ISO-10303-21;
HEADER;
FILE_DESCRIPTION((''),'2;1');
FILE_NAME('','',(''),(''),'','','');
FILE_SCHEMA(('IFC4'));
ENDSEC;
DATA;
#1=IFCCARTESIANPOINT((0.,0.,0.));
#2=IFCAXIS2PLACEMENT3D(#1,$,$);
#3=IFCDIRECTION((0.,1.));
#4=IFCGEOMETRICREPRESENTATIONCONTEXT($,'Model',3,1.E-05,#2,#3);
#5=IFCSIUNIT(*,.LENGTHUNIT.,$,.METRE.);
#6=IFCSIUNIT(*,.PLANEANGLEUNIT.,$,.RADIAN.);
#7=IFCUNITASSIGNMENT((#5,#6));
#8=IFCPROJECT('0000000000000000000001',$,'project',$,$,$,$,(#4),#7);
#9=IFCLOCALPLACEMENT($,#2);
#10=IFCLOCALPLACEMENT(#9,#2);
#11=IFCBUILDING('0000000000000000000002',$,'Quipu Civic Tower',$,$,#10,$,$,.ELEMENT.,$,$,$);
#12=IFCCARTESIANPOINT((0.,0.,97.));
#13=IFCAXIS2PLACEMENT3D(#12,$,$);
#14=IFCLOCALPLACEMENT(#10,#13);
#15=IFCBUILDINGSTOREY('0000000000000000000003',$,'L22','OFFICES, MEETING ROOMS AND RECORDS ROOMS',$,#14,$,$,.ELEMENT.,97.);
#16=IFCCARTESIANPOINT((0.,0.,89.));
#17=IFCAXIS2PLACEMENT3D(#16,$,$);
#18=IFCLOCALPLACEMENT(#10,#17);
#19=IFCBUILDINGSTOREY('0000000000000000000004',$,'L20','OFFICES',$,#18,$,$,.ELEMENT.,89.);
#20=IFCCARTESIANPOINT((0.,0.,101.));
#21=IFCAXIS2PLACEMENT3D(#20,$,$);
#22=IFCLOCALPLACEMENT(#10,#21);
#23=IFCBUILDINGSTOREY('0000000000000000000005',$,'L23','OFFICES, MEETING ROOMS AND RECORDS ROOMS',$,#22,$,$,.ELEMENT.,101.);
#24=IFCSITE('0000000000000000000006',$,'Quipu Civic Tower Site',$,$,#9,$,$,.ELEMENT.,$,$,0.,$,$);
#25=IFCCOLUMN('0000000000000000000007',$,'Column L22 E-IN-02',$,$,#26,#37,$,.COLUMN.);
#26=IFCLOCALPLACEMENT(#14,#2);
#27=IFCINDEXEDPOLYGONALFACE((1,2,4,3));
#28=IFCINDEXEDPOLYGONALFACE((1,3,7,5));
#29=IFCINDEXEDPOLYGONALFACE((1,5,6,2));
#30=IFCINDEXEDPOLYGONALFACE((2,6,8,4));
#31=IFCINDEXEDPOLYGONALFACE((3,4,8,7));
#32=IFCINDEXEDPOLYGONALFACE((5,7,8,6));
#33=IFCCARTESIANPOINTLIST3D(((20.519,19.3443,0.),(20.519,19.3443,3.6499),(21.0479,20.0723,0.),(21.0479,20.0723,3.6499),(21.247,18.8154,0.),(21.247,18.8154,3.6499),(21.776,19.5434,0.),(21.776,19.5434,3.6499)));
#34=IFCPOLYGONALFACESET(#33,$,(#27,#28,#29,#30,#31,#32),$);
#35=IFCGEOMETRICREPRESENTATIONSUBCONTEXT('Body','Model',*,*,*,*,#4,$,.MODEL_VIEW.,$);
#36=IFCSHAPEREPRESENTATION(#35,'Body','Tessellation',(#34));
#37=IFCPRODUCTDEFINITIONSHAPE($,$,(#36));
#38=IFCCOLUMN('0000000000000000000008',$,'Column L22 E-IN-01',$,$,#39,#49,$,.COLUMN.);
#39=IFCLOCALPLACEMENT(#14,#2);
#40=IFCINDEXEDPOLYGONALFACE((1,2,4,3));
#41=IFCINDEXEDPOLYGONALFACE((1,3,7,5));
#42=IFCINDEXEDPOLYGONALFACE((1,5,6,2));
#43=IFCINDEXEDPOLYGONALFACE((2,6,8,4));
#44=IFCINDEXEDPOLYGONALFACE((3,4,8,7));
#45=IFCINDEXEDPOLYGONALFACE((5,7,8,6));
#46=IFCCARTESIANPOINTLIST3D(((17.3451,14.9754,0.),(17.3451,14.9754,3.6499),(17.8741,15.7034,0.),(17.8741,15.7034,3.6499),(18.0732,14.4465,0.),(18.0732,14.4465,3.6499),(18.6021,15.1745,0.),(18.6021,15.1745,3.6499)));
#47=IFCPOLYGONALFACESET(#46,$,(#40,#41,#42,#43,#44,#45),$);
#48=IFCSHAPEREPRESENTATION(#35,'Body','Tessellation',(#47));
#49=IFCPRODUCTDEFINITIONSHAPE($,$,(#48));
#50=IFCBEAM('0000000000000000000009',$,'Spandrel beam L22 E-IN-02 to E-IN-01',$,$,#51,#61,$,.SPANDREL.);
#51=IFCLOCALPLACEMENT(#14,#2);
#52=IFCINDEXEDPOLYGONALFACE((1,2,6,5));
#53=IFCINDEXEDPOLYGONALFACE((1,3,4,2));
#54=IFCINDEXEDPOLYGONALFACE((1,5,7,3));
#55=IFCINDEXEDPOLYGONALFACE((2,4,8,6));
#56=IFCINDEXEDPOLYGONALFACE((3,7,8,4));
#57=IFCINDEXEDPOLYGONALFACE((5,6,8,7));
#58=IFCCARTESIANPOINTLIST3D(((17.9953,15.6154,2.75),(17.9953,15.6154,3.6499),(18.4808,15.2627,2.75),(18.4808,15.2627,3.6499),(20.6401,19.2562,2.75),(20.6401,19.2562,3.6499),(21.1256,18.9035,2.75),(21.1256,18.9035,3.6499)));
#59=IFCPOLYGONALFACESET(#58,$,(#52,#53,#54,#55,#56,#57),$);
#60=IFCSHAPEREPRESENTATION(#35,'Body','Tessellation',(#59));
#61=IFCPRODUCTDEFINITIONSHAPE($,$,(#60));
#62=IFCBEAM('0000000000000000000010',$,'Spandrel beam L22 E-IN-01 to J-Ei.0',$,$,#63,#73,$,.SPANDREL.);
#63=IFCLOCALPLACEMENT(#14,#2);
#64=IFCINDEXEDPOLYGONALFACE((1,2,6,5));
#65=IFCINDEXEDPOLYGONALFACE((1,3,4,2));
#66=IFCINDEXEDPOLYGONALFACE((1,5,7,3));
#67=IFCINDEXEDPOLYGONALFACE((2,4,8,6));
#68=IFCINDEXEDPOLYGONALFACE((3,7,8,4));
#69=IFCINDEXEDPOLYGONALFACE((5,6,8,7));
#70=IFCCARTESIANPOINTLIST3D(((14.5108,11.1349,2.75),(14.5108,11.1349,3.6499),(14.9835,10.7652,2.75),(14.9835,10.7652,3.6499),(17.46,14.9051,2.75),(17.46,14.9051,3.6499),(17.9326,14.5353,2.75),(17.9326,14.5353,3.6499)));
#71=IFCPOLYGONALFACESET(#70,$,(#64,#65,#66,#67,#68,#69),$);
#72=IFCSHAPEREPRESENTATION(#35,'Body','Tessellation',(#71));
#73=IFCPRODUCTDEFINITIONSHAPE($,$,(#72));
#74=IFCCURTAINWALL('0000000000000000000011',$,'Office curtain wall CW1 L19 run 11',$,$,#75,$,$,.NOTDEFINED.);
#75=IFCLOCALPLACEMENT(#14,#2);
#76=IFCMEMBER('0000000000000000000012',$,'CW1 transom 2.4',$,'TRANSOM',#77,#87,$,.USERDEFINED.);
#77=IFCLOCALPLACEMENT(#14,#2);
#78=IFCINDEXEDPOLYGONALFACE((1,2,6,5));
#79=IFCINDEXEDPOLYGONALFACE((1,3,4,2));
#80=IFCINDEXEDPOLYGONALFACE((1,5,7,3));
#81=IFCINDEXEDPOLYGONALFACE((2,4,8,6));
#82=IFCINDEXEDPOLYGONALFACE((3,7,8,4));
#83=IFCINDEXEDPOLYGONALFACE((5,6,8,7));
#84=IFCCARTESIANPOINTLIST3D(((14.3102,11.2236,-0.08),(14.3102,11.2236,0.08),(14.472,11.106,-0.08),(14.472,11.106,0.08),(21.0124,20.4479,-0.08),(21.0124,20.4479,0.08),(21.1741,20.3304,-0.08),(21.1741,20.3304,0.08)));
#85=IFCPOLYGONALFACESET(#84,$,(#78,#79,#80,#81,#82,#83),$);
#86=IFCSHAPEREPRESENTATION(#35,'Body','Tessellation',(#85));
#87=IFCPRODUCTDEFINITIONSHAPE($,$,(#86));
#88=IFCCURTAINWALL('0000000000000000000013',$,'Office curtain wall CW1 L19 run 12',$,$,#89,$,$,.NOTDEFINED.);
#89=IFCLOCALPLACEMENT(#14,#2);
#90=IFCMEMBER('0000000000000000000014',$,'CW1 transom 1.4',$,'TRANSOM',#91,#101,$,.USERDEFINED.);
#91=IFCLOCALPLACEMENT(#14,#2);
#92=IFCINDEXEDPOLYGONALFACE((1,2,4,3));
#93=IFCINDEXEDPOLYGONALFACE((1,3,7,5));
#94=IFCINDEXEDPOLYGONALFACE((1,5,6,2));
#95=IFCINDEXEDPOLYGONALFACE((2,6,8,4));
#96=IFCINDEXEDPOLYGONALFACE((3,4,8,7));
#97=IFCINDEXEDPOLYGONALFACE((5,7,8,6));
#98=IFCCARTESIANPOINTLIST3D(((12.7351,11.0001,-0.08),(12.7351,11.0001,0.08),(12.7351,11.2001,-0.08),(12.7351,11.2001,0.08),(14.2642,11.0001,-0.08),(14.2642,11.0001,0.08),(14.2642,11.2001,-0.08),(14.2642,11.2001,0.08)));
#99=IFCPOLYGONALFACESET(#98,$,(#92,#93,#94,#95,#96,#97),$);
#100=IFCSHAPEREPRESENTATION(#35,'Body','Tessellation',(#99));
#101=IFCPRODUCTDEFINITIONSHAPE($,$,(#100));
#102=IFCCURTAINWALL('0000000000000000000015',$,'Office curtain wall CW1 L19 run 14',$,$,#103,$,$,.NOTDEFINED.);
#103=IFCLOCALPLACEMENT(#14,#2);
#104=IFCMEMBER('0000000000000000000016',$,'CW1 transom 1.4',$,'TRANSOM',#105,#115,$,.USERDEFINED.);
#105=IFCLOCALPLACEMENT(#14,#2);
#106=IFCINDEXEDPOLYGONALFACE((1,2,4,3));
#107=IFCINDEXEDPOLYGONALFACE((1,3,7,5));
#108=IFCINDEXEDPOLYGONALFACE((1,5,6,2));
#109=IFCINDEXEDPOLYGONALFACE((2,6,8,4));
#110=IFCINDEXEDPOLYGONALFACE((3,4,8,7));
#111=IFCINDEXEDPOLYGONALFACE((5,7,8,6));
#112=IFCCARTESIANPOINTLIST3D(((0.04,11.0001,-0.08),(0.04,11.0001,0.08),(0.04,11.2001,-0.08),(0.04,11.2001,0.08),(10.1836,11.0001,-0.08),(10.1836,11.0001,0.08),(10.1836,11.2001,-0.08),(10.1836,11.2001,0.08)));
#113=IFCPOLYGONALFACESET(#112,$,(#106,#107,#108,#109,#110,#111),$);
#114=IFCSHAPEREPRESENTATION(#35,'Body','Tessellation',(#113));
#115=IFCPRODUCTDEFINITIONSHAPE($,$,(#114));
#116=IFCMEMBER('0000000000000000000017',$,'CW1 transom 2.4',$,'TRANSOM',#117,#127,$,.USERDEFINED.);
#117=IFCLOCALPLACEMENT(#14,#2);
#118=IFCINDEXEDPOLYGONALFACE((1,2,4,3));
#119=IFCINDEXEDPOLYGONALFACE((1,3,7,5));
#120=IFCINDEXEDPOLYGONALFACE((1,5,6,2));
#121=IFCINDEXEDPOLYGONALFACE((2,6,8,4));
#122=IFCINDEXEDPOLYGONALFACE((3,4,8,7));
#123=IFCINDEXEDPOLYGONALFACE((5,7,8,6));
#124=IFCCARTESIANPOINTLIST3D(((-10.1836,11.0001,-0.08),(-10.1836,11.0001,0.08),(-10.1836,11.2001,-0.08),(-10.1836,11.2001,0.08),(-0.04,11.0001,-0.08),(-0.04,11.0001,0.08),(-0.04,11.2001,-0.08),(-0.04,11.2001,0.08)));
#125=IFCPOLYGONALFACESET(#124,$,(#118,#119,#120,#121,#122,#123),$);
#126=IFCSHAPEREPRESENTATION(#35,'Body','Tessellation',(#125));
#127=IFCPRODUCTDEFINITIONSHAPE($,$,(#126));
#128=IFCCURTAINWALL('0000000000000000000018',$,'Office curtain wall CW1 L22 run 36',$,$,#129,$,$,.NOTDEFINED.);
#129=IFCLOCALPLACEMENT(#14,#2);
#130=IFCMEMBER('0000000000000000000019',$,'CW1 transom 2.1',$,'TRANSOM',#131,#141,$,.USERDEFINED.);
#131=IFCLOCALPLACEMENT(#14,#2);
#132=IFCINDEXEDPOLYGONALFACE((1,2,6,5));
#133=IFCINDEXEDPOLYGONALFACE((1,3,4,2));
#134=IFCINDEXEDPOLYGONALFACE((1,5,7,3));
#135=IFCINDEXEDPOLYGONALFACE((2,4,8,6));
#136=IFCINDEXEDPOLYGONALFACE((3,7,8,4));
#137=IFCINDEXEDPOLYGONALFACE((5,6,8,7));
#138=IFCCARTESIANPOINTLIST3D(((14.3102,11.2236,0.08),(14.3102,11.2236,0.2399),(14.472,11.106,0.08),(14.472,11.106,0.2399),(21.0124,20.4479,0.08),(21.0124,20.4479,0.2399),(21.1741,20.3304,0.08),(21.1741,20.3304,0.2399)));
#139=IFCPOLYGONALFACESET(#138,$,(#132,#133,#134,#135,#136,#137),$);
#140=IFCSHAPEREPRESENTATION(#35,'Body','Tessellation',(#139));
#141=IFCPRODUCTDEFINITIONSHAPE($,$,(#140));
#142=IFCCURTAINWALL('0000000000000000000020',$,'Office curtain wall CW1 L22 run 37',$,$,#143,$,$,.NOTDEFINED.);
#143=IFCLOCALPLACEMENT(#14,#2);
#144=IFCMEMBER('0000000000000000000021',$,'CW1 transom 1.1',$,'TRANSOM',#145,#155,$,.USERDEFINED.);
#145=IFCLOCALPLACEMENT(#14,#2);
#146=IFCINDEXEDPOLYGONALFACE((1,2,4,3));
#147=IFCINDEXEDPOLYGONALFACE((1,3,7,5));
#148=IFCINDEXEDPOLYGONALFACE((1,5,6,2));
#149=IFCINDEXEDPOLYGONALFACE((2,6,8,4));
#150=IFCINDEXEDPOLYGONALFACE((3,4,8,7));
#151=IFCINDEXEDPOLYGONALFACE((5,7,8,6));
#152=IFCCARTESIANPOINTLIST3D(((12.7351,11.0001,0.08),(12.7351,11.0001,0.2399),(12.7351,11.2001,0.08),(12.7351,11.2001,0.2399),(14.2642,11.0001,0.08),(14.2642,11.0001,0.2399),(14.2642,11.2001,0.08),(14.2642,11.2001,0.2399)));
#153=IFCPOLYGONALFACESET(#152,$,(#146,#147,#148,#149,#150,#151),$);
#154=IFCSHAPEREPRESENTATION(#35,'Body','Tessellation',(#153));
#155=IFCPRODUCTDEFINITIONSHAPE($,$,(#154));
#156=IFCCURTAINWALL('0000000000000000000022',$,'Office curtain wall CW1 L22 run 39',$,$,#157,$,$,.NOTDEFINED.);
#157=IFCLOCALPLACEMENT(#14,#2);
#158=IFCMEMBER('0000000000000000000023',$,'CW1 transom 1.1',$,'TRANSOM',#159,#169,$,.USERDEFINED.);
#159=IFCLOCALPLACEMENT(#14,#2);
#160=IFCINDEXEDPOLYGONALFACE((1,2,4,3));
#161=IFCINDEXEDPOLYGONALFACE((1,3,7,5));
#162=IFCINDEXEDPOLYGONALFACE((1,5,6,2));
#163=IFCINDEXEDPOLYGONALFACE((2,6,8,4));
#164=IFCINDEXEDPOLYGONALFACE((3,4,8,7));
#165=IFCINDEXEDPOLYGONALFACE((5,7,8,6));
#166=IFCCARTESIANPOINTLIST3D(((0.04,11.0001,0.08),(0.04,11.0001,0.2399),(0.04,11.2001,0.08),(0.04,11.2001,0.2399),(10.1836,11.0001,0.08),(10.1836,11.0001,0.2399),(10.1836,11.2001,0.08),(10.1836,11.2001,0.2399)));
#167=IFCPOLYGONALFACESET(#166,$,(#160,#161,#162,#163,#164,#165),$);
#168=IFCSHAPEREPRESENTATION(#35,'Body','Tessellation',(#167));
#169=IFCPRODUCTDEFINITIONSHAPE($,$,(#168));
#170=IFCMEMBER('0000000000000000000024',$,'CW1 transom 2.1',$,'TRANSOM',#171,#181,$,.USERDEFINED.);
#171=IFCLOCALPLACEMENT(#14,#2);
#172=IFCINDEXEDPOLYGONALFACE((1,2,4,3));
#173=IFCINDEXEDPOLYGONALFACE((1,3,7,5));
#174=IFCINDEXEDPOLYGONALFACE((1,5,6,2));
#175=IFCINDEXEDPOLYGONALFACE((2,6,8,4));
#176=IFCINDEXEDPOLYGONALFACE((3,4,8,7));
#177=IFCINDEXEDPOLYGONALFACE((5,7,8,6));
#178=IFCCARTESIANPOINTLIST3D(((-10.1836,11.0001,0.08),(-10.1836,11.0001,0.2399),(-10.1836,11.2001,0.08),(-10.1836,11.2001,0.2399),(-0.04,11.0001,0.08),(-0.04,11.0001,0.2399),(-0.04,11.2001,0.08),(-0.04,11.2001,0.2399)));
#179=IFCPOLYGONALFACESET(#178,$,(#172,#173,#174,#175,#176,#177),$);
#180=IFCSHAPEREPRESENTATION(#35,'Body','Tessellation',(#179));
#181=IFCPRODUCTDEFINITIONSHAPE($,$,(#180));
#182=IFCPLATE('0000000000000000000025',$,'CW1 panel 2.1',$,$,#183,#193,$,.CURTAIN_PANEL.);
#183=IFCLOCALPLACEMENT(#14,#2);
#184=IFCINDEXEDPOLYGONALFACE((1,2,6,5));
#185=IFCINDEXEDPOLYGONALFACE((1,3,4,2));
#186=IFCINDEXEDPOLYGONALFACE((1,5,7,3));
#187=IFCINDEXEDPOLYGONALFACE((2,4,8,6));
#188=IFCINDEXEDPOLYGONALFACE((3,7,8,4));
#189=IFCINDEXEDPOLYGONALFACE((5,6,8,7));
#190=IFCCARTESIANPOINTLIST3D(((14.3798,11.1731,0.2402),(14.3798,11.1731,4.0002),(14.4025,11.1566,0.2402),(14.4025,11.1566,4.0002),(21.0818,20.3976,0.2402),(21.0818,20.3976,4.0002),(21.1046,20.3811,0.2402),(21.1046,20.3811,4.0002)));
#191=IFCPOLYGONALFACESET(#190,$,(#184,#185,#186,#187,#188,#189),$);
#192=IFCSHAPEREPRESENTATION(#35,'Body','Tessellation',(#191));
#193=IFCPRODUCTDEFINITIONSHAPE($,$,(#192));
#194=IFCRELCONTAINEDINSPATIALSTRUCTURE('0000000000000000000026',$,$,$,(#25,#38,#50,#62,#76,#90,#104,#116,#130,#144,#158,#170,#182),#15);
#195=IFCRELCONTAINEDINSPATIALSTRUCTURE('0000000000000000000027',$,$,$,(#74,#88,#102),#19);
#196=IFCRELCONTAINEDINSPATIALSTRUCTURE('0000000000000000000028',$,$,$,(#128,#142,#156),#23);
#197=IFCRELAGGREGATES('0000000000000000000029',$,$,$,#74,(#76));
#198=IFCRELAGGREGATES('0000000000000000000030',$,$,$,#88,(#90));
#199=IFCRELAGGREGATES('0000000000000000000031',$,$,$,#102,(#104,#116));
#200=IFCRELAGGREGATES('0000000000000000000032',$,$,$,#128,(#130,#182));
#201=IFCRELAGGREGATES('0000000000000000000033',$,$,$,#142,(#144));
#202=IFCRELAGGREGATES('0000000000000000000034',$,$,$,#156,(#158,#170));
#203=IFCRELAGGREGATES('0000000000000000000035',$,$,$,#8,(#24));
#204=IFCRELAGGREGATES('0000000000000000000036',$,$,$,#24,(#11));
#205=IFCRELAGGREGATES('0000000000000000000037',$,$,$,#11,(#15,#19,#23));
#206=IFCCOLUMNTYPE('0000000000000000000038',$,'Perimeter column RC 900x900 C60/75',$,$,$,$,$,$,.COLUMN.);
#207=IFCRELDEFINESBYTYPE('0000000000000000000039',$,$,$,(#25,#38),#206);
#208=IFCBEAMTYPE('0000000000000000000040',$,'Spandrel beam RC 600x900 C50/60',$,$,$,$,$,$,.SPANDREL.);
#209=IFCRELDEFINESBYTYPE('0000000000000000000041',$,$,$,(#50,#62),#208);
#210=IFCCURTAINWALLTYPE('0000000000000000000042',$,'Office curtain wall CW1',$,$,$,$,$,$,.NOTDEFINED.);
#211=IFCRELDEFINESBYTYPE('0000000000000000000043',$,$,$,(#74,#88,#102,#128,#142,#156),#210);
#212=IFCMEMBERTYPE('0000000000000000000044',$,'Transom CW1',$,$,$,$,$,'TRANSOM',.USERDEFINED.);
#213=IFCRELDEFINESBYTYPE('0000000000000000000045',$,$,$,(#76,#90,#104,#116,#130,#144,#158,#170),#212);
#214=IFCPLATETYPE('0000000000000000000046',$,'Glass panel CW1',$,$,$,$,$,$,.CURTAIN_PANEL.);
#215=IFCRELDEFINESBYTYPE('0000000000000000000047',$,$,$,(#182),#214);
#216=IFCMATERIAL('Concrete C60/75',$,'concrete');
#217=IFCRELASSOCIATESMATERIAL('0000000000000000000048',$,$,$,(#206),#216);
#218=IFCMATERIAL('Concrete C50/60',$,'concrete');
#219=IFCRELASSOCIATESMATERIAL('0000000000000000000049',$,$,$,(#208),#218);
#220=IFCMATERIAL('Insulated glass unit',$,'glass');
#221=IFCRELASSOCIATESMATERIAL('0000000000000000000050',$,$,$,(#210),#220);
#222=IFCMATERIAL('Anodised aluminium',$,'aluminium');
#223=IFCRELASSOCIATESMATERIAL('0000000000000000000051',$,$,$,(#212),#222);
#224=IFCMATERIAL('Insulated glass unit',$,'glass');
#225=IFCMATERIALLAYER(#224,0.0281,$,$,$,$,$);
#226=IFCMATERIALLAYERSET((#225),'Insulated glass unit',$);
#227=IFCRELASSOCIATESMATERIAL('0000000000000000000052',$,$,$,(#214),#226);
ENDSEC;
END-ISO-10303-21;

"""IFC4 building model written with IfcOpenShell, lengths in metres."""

from ifc_helpers import new_model, si_unit, direction, frame, origin, origin_2d, place, context, subcontext, project, spatial, rectangle, extrude, material, layer, layer_set, material_profile, profile_set, type_object, element, aggregate, save


model = new_model("IFC4")

# Units and contexts
model_context = context("Model", 3, precision=1e-05, world=origin(), true_north=direction((0.0, 1.0)))
body_context = subcontext(model_context, "Body", "Model", "MODEL_VIEW")
ifc_project = project(units=[si_unit("LENGTHUNIT", "METRE"), si_unit("PLANEANGLEUNIT", "RADIAN")], contexts=[model_context])

# Site, building, storey
site_placement = place(None, origin())
site = spatial("IfcSite", under=ifc_project, at=site_placement, Name="Quipu Civic Tower Site", CompositionType="ELEMENT", RefElevation=0.0)
building_placement = place(site_placement, origin())
building = spatial("IfcBuilding", under=site, at=building_placement, Name="Quipu Civic Tower", CompositionType="ELEMENT")
storey_1_placement = place(building_placement, frame((0.0, 0.0, 97.0)))
storey_1 = spatial("IfcBuildingStorey", under=building, at=storey_1_placement, Name="L22", Description="OFFICES, MEETING ROOMS AND RECORDS ROOMS", CompositionType="ELEMENT", Elevation=97.0)

# Columns
ifc_material_1 = material(Name="Concrete C60/75", Category="concrete")
ifc_material_profile_1 = material_profile(ifc_material_1, rectangle(XDim=0.8999, YDim=0.8999, at=origin_2d()), Name="RC900x900")
ifc_profile_set_1 = profile_set([ifc_material_profile_1], Name="Concrete C60/75")
column_type = type_object("IfcColumnType", Name="Perimeter column RC 900x900 C60/75", PredefinedType="COLUMN", material=ifc_profile_set_1)
for number, where, z_axis, x_axis, name in (
    (1, (21.1475, 19.4438, 0.0), (0.0, 0.0, 1.0), (-0.587785, -0.809017, 0.0), "Column L22 E-IN-02"),
    (2, (17.9736, 15.075, 0.0), (0.0, 0.0, 1.0), (-0.587785, -0.809017, 0.0), "Column L22 E-IN-01"),
):
    element("IfcColumn", number, at=place(storey_1_placement, frame(where, z_axis=z_axis, x_axis=x_axis)), inside=storey_1, type_object=column_type, Name=name, PredefinedType="COLUMN", context=body_context, shape_type="SweptSolid", body=[
        extrude(rectangle(XDim=0.8999, YDim=0.8999, at=origin_2d()), origin(), (0.0, 0.0, 1.0), 3.6499),
    ])

# Beams
ifc_material_2 = material(Name="Concrete C50/60", Category="concrete")
ifc_material_profile_2 = material_profile(ifc_material_2, rectangle(XDim=0.6001, YDim=0.8999, at=origin_2d()), Name="RC600x900")
ifc_profile_set_2 = profile_set([ifc_material_profile_2], Name="Concrete C50/60")
beam_type = type_object("IfcBeamType", Name="Spandrel beam RC 600x900 C50/60", PredefinedType="SPANDREL", material=ifc_profile_set_2)
beam_1_placement = place(storey_1_placement, frame((20.8828, 19.0798, 3.2), z_axis=(-0.587717, -0.809067, 0.0), x_axis=(0.809067, -0.587717, 0.0)))
element("IfcBeam", 3, at=beam_1_placement, inside=storey_1, type_object=beam_type, Name="Spandrel beam L22 E-IN-02 to E-IN-01", PredefinedType="SPANDREL", context=body_context, shape_type="SweptSolid", body=[
    extrude(rectangle(XDim=0.6001, YDim=0.8999, at=origin_2d()), origin(), (0.0, 0.0, 1.0), 4.5),
])
beam_2_placement = place(storey_1_placement, frame((17.6963, 14.7202, 3.2), z_axis=(-0.616124, -0.787649, 0.0), x_axis=(0.787649, -0.616124, 0.0)))
element("IfcBeam", 4, at=beam_2_placement, inside=storey_1, type_object=beam_type, Name="Spandrel beam L22 E-IN-01 to J-Ei.0", PredefinedType="SPANDREL", context=body_context, shape_type="SweptSolid", body=[
    extrude(rectangle(XDim=0.6001, YDim=0.8999, at=origin_2d()), origin(), (0.0, 0.0, 1.0), 4.7866),
])

# Shared definitions
storey_2_placement = place(building_placement, frame((0.0, 0.0, 89.0)))
storey_2 = spatial("IfcBuildingStorey", under=building, at=storey_2_placement, Name="L20", Description="OFFICES", CompositionType="ELEMENT", Elevation=89.0)

# Curtain walls, members
ifc_material_3 = material(Name="Insulated glass unit", Category="glass")
curtain_wall_type = type_object("IfcCurtainWallType", Name="Office curtain wall CW1", PredefinedType="NOTDEFINED", material=ifc_material_3)
curtain_wall_1_placement = place(storey_2_placement, origin())
curtain_wall_1 = element("IfcCurtainWall", 5, at=curtain_wall_1_placement, inside=storey_2, type_object=curtain_wall_type, Name="Office curtain wall CW1 L19 run 11", PredefinedType="NOTDEFINED")
ifc_material_4 = material(Name="Anodised aluminium", Category="aluminium")
ifc_material_profile_3 = material_profile(ifc_material_4, rectangle(XDim=0.2, YDim=0.1599, at=origin_2d()), Name="RECT 200x160")
ifc_profile_set_3 = profile_set([ifc_material_profile_3], Name="Anodised aluminium")
member_type = type_object("IfcMemberType", Name="Transom CW1", ElementType="TRANSOM", PredefinedType="USERDEFINED", material=ifc_profile_set_3)
member_1_placement = place(storey_1_placement, frame((21.0933, 20.3892, 0.0), z_axis=(-0.5878, -0.809006, 0.0), x_axis=(0.809006, -0.5878, 0.0)))
member_1 = element("IfcMember", 6, at=member_1_placement, inside=storey_1, type_object=member_type, Name="CW1 transom 2.4", ObjectType="TRANSOM", PredefinedType="USERDEFINED", context=body_context, shape_type="SweptSolid", body=[
    extrude(rectangle(XDim=0.2, YDim=0.1599, at=origin_2d()), origin(), (0.0, 0.0, 1.0), 11.4021),
])
aggregate(curtain_wall_1, [member_1])
curtain_wall_2_placement = place(storey_2_placement, origin())
curtain_wall_2 = element("IfcCurtainWall", 7, at=curtain_wall_2_placement, inside=storey_2, type_object=curtain_wall_type, Name="Office curtain wall CW1 L19 run 12", PredefinedType="NOTDEFINED")
member_2_placement = place(storey_1_placement, frame((14.2642, 11.1001, 0.0), z_axis=(-1.0, 0.0, 0.0), x_axis=(0.0, -1.0, 0.0)))
member_2 = element("IfcMember", 8, at=member_2_placement, inside=storey_1, type_object=member_type, Name="CW1 transom 1.4", ObjectType="TRANSOM", PredefinedType="USERDEFINED", context=body_context, shape_type="SweptSolid", body=[
    extrude(rectangle(XDim=0.2, YDim=0.1599, at=origin_2d()), origin(), (0.0, 0.0, 1.0), 1.5291),
])
aggregate(curtain_wall_2, [member_2])

# Curtain wall, members
curtain_wall_3_placement = place(storey_2_placement, origin())
curtain_wall_3 = element("IfcCurtainWall", 9, at=curtain_wall_3_placement, inside=storey_2, type_object=curtain_wall_type, Name="Office curtain wall CW1 L19 run 14", PredefinedType="NOTDEFINED")
member_3_placement = place(storey_1_placement, frame((10.1836, 11.1001, 0.0), z_axis=(-1.0, 0.0, 0.0), x_axis=(0.0, -1.0, 0.0)))
member_3 = element("IfcMember", 10, at=member_3_placement, inside=storey_1, type_object=member_type, Name="CW1 transom 1.4", ObjectType="TRANSOM", PredefinedType="USERDEFINED", context=body_context, shape_type="SweptSolid", body=[
    extrude(rectangle(XDim=0.2, YDim=0.1599, at=origin_2d()), origin(), (0.0, 0.0, 1.0), 10.1436),
])
member_4_placement = place(storey_1_placement, frame((-0.04, 11.1001, 0.0), z_axis=(-1.0, 0.0, 0.0), x_axis=(0.0, -1.0, 0.0)))
member_4 = element("IfcMember", 11, at=member_4_placement, inside=storey_1, type_object=member_type, Name="CW1 transom 2.4", ObjectType="TRANSOM", PredefinedType="USERDEFINED", context=body_context, shape_type="SweptSolid", body=[
    extrude(rectangle(XDim=0.2, YDim=0.1599, at=origin_2d()), origin(), (0.0, 0.0, 1.0), 10.1436),
])
aggregate(curtain_wall_3, [member_3, member_4])

# Shared definitions
storey_3_placement = place(building_placement, frame((0.0, 0.0, 101.0)))
storey_3 = spatial("IfcBuildingStorey", under=building, at=storey_3_placement, Name="L23", Description="OFFICES, MEETING ROOMS AND RECORDS ROOMS", CompositionType="ELEMENT", Elevation=101.0)

# Curtain walls, members
curtain_wall_4_placement = place(storey_3_placement, origin())
curtain_wall_4 = element("IfcCurtainWall", 12, at=curtain_wall_4_placement, inside=storey_3, type_object=curtain_wall_type, Name="Office curtain wall CW1 L22 run 36", PredefinedType="NOTDEFINED")
member_5_placement = place(storey_1_placement, frame((21.0933, 20.3892, 0.1599), z_axis=(-0.5878, -0.809006, 0.0), x_axis=(0.809006, -0.5878, 0.0)))
member_5 = element("IfcMember", 13, at=member_5_placement, inside=storey_1, type_object=member_type, Name="CW1 transom 2.1", ObjectType="TRANSOM", PredefinedType="USERDEFINED", context=body_context, shape_type="SweptSolid", body=[
    extrude(rectangle(XDim=0.2, YDim=0.1599, at=origin_2d()), origin(), (0.0, 0.0, 1.0), 11.4021),
])
curtain_wall_5_placement = place(storey_3_placement, origin())
curtain_wall_5 = element("IfcCurtainWall", 14, at=curtain_wall_5_placement, inside=storey_3, type_object=curtain_wall_type, Name="Office curtain wall CW1 L22 run 37", PredefinedType="NOTDEFINED")
member_6_placement = place(storey_1_placement, frame((14.2642, 11.1001, 0.1599), z_axis=(-1.0, 0.0, 0.0), x_axis=(0.0, -1.0, 0.0)))
member_6 = element("IfcMember", 15, at=member_6_placement, inside=storey_1, type_object=member_type, Name="CW1 transom 1.1", ObjectType="TRANSOM", PredefinedType="USERDEFINED", context=body_context, shape_type="SweptSolid", body=[
    extrude(rectangle(XDim=0.2, YDim=0.1599, at=origin_2d()), origin(), (0.0, 0.0, 1.0), 1.5291),
])

# Curtain wall, members
curtain_wall_6_placement = place(storey_3_placement, origin())
curtain_wall_6 = element("IfcCurtainWall", 16, at=curtain_wall_6_placement, inside=storey_3, type_object=curtain_wall_type, Name="Office curtain wall CW1 L22 run 39", PredefinedType="NOTDEFINED")
member_7_placement = place(storey_1_placement, frame((10.1836, 11.1001, 0.1599), z_axis=(-1.0, 0.0, 0.0), x_axis=(0.0, -1.0, 0.0)))
member_7 = element("IfcMember", 17, at=member_7_placement, inside=storey_1, type_object=member_type, Name="CW1 transom 1.1", ObjectType="TRANSOM", PredefinedType="USERDEFINED", context=body_context, shape_type="SweptSolid", body=[
    extrude(rectangle(XDim=0.2, YDim=0.1599, at=origin_2d()), origin(), (0.0, 0.0, 1.0), 10.1436),
])
member_8_placement = place(storey_1_placement, frame((-0.04, 11.1001, 0.1599), z_axis=(-1.0, 0.0, 0.0), x_axis=(0.0, -1.0, 0.0)))
member_8 = element("IfcMember", 18, at=member_8_placement, inside=storey_1, type_object=member_type, Name="CW1 transom 2.1", ObjectType="TRANSOM", PredefinedType="USERDEFINED", context=body_context, shape_type="SweptSolid", body=[
    extrude(rectangle(XDim=0.2, YDim=0.1599, at=origin_2d()), origin(), (0.0, 0.0, 1.0), 10.1436),
])

# Plate
ifc_material_5 = material(Name="Insulated glass unit", Category="glass")
ifc_layer = layer(ifc_material_5, 0.0281)
ifc_layer_set = layer_set([ifc_layer], Name="Insulated glass unit")
plate_type_1 = type_object("IfcPlateType", Name="Glass panel CW1", PredefinedType="CURTAIN_PANEL", material=ifc_layer_set)
plate_1_placement = place(storey_1_placement, frame((17.7422, 15.7771, 0.2402), z_axis=(0.0, 0.0, 1.0), x_axis=(-0.587789, -0.809014, 0.0)))
plate_1 = element("IfcPlate", 19, at=plate_1_placement, inside=storey_1, type_object=plate_type_1, Name="CW1 panel 2.1", PredefinedType="CURTAIN_PANEL", context=body_context, shape_type="SweptSolid", body=[
    extrude(rectangle(XDim=11.4021, YDim=0.0281, at=origin_2d()), origin(), (0.0, 0.0, 1.0), 3.76),
])
aggregate(curtain_wall_4, [member_5, plate_1])
aggregate(curtain_wall_5, [member_6])
aggregate(curtain_wall_6, [member_7, member_8])

save(model, "model.ifc")
